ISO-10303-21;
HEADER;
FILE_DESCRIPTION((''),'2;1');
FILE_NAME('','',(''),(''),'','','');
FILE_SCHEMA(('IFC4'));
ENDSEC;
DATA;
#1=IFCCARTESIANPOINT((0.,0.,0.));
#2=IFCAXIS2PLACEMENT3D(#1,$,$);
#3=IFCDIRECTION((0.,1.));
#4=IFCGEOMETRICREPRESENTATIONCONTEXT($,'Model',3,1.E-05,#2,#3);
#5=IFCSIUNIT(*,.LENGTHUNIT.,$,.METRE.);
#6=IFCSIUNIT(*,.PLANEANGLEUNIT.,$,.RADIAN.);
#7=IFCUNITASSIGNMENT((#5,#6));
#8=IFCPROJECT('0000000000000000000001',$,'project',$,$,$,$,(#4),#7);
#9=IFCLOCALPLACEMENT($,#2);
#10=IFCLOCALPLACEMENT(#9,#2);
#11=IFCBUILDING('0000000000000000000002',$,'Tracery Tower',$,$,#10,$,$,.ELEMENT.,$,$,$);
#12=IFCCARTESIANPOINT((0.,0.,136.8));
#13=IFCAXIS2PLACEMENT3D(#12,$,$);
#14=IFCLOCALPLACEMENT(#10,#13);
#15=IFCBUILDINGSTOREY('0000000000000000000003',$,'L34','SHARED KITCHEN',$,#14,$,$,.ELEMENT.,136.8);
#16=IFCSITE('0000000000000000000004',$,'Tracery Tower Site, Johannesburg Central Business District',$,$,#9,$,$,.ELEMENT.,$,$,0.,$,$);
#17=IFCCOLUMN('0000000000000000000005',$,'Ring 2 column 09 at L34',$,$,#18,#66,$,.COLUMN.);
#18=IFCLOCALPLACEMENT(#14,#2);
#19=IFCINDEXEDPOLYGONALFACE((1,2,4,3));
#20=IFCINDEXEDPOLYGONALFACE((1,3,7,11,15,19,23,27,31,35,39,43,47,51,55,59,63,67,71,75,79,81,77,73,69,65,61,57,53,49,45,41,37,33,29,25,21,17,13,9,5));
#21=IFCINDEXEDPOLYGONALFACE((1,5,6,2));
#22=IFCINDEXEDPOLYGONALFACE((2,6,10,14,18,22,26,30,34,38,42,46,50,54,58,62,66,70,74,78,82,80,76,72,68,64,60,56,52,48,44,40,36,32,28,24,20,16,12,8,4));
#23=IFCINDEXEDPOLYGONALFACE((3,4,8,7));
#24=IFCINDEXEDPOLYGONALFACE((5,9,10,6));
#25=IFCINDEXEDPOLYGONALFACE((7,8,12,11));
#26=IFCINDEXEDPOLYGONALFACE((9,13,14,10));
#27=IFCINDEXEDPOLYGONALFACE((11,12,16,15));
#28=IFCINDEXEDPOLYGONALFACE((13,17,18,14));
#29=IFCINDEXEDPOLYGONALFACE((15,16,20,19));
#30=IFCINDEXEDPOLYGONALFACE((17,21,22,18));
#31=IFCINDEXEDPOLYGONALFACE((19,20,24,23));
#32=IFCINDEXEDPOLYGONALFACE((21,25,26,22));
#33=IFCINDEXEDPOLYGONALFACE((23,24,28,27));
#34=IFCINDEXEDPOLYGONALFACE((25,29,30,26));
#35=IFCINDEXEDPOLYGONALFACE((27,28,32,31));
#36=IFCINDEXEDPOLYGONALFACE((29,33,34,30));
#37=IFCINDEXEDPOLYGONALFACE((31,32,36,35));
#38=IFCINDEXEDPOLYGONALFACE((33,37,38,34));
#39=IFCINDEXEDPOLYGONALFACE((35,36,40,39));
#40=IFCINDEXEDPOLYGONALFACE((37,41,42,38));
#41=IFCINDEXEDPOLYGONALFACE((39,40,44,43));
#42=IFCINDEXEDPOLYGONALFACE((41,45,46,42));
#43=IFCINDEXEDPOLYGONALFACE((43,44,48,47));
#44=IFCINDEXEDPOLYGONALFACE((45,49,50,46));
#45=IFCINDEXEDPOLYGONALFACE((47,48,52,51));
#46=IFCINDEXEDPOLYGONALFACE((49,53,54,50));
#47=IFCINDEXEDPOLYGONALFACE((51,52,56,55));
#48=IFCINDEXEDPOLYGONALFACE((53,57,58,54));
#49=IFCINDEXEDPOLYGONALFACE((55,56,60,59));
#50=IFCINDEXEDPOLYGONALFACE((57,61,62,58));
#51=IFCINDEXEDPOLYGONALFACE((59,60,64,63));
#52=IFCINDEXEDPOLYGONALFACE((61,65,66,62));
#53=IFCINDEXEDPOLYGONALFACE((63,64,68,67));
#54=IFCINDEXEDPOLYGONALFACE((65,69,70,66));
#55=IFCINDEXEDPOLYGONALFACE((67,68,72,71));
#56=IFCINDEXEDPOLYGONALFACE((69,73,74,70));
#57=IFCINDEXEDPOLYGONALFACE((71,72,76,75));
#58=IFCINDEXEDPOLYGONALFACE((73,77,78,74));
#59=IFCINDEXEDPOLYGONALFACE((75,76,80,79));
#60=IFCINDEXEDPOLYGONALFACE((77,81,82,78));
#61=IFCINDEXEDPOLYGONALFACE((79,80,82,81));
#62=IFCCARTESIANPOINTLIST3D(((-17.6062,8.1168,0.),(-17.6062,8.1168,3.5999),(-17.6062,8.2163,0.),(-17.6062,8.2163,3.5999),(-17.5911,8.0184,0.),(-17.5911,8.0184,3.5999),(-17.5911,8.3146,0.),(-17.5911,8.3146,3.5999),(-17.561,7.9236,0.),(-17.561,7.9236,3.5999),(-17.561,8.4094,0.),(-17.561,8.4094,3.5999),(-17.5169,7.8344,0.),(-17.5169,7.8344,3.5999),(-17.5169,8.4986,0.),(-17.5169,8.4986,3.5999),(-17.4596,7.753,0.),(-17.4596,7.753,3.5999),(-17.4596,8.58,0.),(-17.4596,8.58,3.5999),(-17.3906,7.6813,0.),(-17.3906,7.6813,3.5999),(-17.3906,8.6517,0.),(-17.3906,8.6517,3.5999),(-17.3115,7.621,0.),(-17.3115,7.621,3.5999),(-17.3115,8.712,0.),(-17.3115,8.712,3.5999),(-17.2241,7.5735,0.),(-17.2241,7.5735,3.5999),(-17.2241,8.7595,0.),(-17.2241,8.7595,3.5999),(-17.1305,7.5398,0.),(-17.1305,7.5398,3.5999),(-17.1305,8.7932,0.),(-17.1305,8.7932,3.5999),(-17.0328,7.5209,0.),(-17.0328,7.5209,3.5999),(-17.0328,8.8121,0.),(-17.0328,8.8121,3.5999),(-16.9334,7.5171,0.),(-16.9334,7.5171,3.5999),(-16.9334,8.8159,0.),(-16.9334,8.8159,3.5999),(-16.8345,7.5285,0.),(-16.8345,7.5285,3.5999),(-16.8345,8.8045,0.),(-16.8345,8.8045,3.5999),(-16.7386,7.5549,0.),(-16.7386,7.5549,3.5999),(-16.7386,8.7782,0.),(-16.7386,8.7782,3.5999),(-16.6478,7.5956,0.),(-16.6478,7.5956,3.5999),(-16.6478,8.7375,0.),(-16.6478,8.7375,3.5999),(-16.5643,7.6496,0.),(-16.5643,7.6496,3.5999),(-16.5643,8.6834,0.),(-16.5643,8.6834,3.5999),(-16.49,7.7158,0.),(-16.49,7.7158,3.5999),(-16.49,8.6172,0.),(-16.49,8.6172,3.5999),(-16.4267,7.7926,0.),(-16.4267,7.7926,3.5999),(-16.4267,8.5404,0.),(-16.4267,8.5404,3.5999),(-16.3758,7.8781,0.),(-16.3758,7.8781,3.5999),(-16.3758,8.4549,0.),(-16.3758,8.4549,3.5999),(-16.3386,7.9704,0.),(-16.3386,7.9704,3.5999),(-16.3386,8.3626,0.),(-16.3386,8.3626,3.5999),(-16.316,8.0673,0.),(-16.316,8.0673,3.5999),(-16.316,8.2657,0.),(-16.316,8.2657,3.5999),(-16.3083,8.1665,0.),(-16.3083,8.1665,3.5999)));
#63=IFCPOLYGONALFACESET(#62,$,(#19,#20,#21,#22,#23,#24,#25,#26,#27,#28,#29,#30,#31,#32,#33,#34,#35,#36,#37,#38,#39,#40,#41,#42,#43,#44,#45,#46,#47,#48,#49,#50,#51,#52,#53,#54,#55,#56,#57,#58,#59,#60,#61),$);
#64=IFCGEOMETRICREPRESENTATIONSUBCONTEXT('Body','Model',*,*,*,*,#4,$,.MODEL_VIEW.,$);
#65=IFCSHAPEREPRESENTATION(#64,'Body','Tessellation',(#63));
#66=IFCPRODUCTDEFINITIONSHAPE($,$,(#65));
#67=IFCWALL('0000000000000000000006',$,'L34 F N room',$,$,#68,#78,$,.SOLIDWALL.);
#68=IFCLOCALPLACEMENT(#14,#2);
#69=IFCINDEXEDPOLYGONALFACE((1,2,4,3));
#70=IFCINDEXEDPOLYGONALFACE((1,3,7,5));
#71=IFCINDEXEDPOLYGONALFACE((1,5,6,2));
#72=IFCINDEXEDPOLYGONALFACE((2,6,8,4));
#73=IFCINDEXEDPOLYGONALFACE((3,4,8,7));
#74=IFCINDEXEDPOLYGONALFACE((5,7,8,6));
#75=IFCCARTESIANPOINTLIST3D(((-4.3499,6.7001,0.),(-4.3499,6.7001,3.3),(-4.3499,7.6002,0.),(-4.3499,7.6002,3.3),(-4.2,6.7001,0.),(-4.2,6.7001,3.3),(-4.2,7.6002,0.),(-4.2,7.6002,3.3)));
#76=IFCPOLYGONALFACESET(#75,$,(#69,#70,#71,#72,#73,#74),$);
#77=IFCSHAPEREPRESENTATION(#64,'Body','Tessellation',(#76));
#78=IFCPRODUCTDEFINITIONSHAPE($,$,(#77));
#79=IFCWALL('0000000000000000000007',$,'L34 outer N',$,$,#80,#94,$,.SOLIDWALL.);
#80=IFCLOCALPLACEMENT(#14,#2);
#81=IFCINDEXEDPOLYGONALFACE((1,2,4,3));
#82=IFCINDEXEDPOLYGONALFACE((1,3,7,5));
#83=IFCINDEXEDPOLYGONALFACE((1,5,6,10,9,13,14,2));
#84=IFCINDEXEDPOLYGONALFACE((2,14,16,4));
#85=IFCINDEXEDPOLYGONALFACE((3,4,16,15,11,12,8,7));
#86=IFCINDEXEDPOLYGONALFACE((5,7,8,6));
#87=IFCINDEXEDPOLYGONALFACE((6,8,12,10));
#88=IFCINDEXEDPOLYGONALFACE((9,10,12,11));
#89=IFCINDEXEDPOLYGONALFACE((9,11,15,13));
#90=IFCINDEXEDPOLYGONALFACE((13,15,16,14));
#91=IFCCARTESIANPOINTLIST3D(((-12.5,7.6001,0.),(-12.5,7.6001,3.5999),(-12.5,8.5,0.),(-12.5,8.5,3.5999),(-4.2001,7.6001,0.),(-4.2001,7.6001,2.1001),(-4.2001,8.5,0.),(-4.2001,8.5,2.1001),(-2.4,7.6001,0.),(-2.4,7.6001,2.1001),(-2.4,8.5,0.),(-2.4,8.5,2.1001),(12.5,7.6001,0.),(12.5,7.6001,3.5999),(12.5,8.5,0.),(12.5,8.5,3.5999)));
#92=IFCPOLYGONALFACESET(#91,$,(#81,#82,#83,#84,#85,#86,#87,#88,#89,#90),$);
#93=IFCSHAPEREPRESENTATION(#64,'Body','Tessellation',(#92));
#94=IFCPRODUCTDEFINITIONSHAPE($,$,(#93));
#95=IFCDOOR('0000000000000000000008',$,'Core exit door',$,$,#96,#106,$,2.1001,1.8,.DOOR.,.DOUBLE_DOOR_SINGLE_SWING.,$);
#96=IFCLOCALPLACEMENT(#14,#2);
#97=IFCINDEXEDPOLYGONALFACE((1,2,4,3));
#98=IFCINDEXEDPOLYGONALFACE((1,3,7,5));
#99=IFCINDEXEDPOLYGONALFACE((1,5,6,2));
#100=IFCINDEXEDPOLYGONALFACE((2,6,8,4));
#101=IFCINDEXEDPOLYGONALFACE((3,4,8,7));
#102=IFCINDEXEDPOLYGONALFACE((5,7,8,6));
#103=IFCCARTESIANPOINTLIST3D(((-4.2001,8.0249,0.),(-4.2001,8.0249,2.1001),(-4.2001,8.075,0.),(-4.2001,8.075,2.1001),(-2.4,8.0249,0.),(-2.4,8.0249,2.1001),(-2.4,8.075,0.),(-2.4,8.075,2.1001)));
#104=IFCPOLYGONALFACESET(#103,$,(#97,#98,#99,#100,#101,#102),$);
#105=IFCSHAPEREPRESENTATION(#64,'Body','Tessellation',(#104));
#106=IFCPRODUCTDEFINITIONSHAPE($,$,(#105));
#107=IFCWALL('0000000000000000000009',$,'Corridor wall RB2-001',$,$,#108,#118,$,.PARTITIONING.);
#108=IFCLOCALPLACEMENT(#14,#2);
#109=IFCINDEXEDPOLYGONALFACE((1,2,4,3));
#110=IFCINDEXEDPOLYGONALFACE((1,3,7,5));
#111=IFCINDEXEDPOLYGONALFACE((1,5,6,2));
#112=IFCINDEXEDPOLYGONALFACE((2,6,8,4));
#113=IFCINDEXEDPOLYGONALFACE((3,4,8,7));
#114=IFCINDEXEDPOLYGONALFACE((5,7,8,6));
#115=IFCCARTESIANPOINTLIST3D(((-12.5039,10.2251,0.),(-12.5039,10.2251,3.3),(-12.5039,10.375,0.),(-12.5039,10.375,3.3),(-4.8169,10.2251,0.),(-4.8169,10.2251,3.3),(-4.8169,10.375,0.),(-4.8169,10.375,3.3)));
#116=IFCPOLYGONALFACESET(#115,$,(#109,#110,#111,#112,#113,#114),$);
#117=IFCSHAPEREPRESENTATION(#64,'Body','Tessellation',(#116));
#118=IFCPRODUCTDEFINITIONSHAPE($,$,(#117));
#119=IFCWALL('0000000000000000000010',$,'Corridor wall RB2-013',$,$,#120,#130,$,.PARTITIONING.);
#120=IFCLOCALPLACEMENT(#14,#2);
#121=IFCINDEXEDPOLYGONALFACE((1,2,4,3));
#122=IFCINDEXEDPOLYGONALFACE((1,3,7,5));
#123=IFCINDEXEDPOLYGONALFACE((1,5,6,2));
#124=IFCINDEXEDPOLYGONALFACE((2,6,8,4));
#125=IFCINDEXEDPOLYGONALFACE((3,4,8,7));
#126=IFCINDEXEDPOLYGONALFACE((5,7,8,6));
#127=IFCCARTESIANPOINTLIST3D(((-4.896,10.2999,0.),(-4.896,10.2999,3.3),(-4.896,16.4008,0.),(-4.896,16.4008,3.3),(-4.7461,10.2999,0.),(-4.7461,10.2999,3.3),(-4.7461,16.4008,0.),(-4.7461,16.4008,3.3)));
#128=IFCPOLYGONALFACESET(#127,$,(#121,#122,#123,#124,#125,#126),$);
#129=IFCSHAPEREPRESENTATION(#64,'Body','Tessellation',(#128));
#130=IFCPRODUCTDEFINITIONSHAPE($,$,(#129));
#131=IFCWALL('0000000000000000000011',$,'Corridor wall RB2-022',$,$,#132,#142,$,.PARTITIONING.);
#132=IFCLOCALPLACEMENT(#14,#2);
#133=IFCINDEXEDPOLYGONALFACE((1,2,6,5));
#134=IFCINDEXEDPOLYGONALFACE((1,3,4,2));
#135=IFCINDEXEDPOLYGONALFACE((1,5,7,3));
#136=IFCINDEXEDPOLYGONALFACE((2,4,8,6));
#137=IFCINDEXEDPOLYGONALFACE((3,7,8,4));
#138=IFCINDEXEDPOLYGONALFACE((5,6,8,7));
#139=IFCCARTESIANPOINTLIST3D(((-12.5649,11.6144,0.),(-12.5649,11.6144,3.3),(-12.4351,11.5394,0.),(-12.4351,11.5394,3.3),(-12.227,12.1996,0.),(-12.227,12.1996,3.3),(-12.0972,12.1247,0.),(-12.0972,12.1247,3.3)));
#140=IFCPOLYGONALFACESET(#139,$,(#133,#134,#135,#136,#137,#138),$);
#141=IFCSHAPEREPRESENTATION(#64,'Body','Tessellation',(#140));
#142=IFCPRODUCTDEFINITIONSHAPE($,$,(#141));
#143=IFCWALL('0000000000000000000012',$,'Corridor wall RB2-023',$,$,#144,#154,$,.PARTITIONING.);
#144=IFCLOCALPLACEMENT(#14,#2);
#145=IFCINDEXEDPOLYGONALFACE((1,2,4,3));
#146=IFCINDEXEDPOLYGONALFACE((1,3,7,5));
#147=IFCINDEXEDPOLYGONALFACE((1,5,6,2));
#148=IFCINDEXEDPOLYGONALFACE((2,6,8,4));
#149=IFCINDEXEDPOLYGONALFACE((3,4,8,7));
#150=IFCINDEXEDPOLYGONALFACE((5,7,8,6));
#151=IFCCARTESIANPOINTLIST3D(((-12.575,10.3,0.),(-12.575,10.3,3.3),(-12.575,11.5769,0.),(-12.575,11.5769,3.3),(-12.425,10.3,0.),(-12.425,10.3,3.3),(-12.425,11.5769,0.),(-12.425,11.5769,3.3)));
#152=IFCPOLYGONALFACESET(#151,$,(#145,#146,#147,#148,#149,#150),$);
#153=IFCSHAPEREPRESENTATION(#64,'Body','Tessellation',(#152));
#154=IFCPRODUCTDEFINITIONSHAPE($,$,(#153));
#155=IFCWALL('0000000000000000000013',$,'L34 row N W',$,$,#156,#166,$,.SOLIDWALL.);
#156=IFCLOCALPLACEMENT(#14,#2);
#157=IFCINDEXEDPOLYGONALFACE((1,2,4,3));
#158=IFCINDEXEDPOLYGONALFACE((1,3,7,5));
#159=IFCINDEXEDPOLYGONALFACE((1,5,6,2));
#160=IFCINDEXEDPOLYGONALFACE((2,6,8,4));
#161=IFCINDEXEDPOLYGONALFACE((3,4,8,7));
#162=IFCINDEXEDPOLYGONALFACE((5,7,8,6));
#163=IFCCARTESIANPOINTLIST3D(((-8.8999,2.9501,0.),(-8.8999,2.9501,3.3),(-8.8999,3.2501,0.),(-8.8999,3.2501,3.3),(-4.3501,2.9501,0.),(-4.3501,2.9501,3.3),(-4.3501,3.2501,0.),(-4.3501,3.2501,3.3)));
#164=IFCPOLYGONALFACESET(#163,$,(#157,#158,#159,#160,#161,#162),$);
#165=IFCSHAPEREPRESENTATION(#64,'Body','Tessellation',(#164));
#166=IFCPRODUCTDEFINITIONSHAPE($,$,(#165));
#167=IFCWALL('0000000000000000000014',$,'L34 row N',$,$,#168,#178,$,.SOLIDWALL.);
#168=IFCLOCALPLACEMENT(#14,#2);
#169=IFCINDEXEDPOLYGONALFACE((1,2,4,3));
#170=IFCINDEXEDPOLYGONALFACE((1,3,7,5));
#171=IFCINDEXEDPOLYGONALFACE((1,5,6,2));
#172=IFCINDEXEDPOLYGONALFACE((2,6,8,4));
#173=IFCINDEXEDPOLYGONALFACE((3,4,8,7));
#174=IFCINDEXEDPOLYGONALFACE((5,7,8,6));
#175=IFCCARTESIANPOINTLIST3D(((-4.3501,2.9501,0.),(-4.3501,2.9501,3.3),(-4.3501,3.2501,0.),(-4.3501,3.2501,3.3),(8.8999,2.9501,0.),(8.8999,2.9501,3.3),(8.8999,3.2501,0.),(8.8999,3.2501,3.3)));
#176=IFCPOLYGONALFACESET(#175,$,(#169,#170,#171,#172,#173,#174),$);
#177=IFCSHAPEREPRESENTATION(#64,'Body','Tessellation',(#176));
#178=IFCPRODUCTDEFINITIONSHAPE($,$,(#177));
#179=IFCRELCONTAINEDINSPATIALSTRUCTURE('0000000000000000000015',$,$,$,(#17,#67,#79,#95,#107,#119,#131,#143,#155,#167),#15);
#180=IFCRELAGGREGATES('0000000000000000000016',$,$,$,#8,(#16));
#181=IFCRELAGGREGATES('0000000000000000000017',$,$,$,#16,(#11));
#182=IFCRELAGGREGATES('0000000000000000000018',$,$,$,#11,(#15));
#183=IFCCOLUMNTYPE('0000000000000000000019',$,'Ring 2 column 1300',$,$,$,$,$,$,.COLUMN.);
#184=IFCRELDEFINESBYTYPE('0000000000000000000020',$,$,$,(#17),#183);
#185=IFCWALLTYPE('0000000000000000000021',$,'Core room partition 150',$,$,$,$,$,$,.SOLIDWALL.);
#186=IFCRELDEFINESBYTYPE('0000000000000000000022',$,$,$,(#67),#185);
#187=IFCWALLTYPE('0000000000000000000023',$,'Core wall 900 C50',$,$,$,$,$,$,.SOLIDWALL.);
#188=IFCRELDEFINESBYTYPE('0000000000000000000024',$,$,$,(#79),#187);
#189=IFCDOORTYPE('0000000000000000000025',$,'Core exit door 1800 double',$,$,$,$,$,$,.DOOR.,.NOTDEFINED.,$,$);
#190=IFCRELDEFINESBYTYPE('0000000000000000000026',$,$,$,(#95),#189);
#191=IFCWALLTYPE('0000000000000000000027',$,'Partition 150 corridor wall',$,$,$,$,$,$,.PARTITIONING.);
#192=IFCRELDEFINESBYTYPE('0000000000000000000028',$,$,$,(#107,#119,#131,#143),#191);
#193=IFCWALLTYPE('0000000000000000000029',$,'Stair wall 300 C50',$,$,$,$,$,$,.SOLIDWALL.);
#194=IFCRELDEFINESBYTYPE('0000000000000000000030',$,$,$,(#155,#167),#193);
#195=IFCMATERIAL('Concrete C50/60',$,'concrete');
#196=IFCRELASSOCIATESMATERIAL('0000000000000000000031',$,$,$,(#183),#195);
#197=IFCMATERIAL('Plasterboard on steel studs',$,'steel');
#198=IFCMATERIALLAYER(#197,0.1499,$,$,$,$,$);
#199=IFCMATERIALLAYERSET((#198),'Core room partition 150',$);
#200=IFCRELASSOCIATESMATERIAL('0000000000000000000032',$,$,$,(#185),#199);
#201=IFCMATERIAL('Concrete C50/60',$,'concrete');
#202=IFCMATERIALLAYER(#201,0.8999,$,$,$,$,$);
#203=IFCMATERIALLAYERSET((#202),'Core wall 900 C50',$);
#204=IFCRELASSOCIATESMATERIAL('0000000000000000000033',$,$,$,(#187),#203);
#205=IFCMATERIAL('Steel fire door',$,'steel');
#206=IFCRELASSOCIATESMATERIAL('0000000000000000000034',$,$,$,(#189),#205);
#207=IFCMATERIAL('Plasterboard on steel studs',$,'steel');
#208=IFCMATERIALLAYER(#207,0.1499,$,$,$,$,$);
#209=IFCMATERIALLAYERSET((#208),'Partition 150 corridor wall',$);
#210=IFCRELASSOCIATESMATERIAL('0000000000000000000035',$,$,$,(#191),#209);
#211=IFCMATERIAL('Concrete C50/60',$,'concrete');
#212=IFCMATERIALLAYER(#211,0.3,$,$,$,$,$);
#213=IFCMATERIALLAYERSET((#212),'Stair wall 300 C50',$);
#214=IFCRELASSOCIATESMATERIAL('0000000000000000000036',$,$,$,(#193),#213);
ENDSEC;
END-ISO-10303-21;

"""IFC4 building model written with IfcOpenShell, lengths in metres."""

from ifc_helpers import new_model, si_unit, direction, frame, frame_2d, origin, origin_2d, place, context, subcontext, project, spatial, rectangle, circle, extrude, material, layer, layer_set, material_profile, profile_set, type_object, element, fill, save


model = new_model("IFC4")

# Units and contexts
model_context = context("Model", 3, precision=1e-05, world=origin(), true_north=direction((0.0, 1.0)))
body_context = subcontext(model_context, "Body", "Model", "MODEL_VIEW")
ifc_project = project(units=[si_unit("LENGTHUNIT", "METRE"), si_unit("PLANEANGLEUNIT", "RADIAN")], contexts=[model_context])

# Site, building, storey
site_placement = place(None, origin())
site = spatial("IfcSite", under=ifc_project, at=site_placement, Name="Tracery Tower Site, Johannesburg Central Business District", CompositionType="ELEMENT", RefElevation=0.0)
building_placement = place(site_placement, origin())
building = spatial("IfcBuilding", under=site, at=building_placement, Name="Tracery Tower", CompositionType="ELEMENT")
storey_placement = place(building_placement, frame((0.0, 0.0, 136.8)))
storey = spatial("IfcBuildingStorey", under=building, at=storey_placement, Name="L34", Description="SHARED KITCHEN", CompositionType="ELEMENT", Elevation=136.8)

# Column
ifc_material_1 = material(Name="Concrete C50/60", Category="concrete")
ifc_material_profile = material_profile(ifc_material_1, circle(Radius=0.6499, at=origin_2d()), Name="RC D1300")
ifc_profile_set = profile_set([ifc_material_profile], Name="Concrete C50/60")
column_type = type_object("IfcColumnType", Name="Ring 2 column 1300", PredefinedType="COLUMN", material=ifc_profile_set)
column_placement = place(storey_placement, frame((-16.9583, 8.1665, 0.0), z_axis=(0.0, 0.0, 1.0), x_axis=(1.0, 0.0, 0.0)))
element("IfcColumn", 1, at=column_placement, inside=storey, type_object=column_type, Name="Ring 2 column 09 at L34", PredefinedType="COLUMN", context=body_context, shape_type="SweptSolid", body=[
    extrude(circle(Radius=0.6499, at=origin_2d()), origin(), (0.0, 0.0, 1.0), 3.5999),
])

# Wall
ifc_material_2 = material(Name="Plasterboard on steel studs", Category="steel")
ifc_layer_1 = layer(ifc_material_2, 0.1499)
ifc_layer_set_1 = layer_set([ifc_layer_1], Name="Core room partition 150")
wall_type_1 = type_object("IfcWallType", Name="Core room partition 150", PredefinedType="SOLIDWALL", material=ifc_layer_set_1)
wall_1_placement = place(storey_placement, frame((-4.2749, 6.7, 0.0), z_axis=(0.0, 0.0, 1.0), x_axis=(0.0, 1.0, 0.0)))
element("IfcWall", 2, at=wall_1_placement, inside=storey, type_object=wall_type_1, Name="L34 F N room", PredefinedType="SOLIDWALL", context=body_context, shape_type="SweptSolid", body=[
    extrude(rectangle(XDim=0.9001, YDim=0.1499, at=frame_2d((0.4502, 0.0))), origin(), (0.0, 0.0, 1.0), 3.3),
])

# Wall, opening, door
ifc_material_3 = material(Name="Concrete C50/60", Category="concrete")
ifc_layer_2 = layer(ifc_material_3, 0.8999)
ifc_layer_set_2 = layer_set([ifc_layer_2], Name="Core wall 900 C50")
wall_type_2 = type_object("IfcWallType", Name="Core wall 900 C50", PredefinedType="SOLIDWALL", material=ifc_layer_set_2)
wall_2_placement = place(storey_placement, frame((-12.5, 8.05, 0.0), z_axis=(0.0, 0.0, 1.0), x_axis=(1.0, 0.0, 0.0)))
wall_2 = element("IfcWall", 3, at=wall_2_placement, inside=storey, type_object=wall_type_2, Name="L34 outer N", PredefinedType="SOLIDWALL", context=body_context, shape_type="SweptSolid", body=[
    extrude(rectangle(XDim=25.0, YDim=0.8999, at=frame_2d((12.5, 0.0))), origin(), (0.0, 0.0, 1.0), 3.5999),
])
opening_1_placement = place(wall_2_placement, frame((8.3, 0.0, 0.0)))
opening_1 = element("IfcOpeningElement", 4, at=opening_1_placement, cuts=wall_2, PredefinedType="OPENING", context=body_context, shape_type="SweptSolid", body=[
    extrude(rectangle(XDim=1.8, YDim=2.1001, at=frame_2d((0.8999, 1.05))), frame((0.0, 0.45, 0.0), z_axis=(0.0, -1.0, 0.0), x_axis=(1.0, 0.0, 0.0)), (0.0, 0.0, 1.0), 0.8999),
])
ifc_material_4 = material(Name="Steel fire door", Category="steel")
door_type_1 = type_object("IfcDoorType", Name="Core exit door 1800 double", OperationType="NOTDEFINED", PredefinedType="DOOR", material=ifc_material_4)
door_1_placement = place(opening_1_placement, origin())
door_1 = element("IfcDoor", 5, at=door_1_placement, inside=storey, type_object=door_type_1, Name="Core exit door", OperationType="DOUBLE_DOOR_SINGLE_SWING", OverallHeight=2.1001, OverallWidth=1.8, PredefinedType="DOOR", context=body_context, shape_type="SweptSolid", body=[
    extrude(rectangle(XDim=1.8, YDim=2.1001, at=frame_2d((0.8999, 1.05))), frame((0.0, 0.0249, 0.0), z_axis=(0.0, -1.0, 0.0), x_axis=(1.0, 0.0, 0.0)), (0.0, 0.0, 1.0), 0.05),
])
fill(opening_1, door_1)

# Walls
ifc_material_5 = material(Name="Plasterboard on steel studs", Category="steel")
ifc_layer_3 = layer(ifc_material_5, 0.1499)
ifc_layer_set_3 = layer_set([ifc_layer_3], Name="Partition 150 corridor wall")
wall_type_3 = type_object("IfcWallType", Name="Partition 150 corridor wall", PredefinedType="PARTITIONING", material=ifc_layer_set_3)
wall_3_placement = place(storey_placement, frame((-12.5039, 10.3, 0.0), z_axis=(0.0, 0.0, 1.0), x_axis=(1.0, 0.0, 0.0)))
element("IfcWall", 6, at=wall_3_placement, inside=storey, type_object=wall_type_3, Name="Corridor wall RB2-001", PredefinedType="PARTITIONING", context=body_context, shape_type="SweptSolid", body=[
    extrude(rectangle(XDim=7.687, YDim=0.1499, at=frame_2d((3.8435, 0.0))), origin(), (0.0, 0.0, 1.0), 3.3),
])
wall_4_placement = place(storey_placement, frame((-4.821, 10.3, 0.0), z_axis=(0.0, 0.0, 1.0), x_axis=(0.0, 1.0, 0.0)))
element("IfcWall", 7, at=wall_4_placement, inside=storey, type_object=wall_type_3, Name="Corridor wall RB2-013", PredefinedType="PARTITIONING", context=body_context, shape_type="SweptSolid", body=[
    extrude(rectangle(XDim=6.1008, YDim=0.1499, at=frame_2d((3.0503, 0.0))), origin(), (0.0, 0.0, 1.0), 3.3),
])
wall_5_placement = place(storey_placement, frame((-12.5, 11.5769, 0.0), z_axis=(0.0, 0.0, 1.0), x_axis=(0.500025, 0.866011, 0.0)))
element("IfcWall", 8, at=wall_5_placement, inside=storey, type_object=wall_type_3, Name="Corridor wall RB2-022", PredefinedType="PARTITIONING", context=body_context, shape_type="SweptSolid", body=[
    extrude(rectangle(XDim=0.6758, YDim=0.1499, at=frame_2d((0.3379, 0.0))), origin(), (0.0, 0.0, 1.0), 3.3),
])
wall_6_placement = place(storey_placement, frame((-12.5, 10.3, 0.0), z_axis=(0.0, 0.0, 1.0), x_axis=(0.0, 1.0, 0.0)))
element("IfcWall", 9, at=wall_6_placement, inside=storey, type_object=wall_type_3, Name="Corridor wall RB2-023", PredefinedType="PARTITIONING", context=body_context, shape_type="SweptSolid", body=[
    extrude(rectangle(XDim=1.2769, YDim=0.1499, at=frame_2d((0.6384, 0.0))), origin(), (0.0, 0.0, 1.0), 3.3),
])

# Walls
ifc_material_6 = material(Name="Concrete C50/60", Category="concrete")
ifc_layer_4 = layer(ifc_material_6, 0.3)
ifc_layer_set_4 = layer_set([ifc_layer_4], Name="Stair wall 300 C50")
wall_type_4 = type_object("IfcWallType", Name="Stair wall 300 C50", PredefinedType="SOLIDWALL", material=ifc_layer_set_4)
wall_7_placement = place(storey_placement, frame((-8.8999, 3.1001, 0.0), z_axis=(0.0, 0.0, 1.0), x_axis=(1.0, 0.0, 0.0)))
element("IfcWall", 10, at=wall_7_placement, inside=storey, type_object=wall_type_4, Name="L34 row N W", PredefinedType="SOLIDWALL", context=body_context, shape_type="SweptSolid", body=[
    extrude(rectangle(XDim=4.5498, YDim=0.3, at=frame_2d((2.2749, 0.0))), origin(), (0.0, 0.0, 1.0), 3.3),
])
wall_8_placement = place(storey_placement, frame((-4.3501, 3.1001, 0.0), z_axis=(0.0, 0.0, 1.0), x_axis=(1.0, 0.0, 0.0)))
element("IfcWall", 11, at=wall_8_placement, inside=storey, type_object=wall_type_4, Name="L34 row N", PredefinedType="SOLIDWALL", context=body_context, shape_type="SweptSolid", body=[
    extrude(rectangle(XDim=13.25, YDim=0.3, at=frame_2d((6.625, 0.0))), origin(), (0.0, 0.0, 1.0), 3.3),
])

save(model, "model.ifc")
